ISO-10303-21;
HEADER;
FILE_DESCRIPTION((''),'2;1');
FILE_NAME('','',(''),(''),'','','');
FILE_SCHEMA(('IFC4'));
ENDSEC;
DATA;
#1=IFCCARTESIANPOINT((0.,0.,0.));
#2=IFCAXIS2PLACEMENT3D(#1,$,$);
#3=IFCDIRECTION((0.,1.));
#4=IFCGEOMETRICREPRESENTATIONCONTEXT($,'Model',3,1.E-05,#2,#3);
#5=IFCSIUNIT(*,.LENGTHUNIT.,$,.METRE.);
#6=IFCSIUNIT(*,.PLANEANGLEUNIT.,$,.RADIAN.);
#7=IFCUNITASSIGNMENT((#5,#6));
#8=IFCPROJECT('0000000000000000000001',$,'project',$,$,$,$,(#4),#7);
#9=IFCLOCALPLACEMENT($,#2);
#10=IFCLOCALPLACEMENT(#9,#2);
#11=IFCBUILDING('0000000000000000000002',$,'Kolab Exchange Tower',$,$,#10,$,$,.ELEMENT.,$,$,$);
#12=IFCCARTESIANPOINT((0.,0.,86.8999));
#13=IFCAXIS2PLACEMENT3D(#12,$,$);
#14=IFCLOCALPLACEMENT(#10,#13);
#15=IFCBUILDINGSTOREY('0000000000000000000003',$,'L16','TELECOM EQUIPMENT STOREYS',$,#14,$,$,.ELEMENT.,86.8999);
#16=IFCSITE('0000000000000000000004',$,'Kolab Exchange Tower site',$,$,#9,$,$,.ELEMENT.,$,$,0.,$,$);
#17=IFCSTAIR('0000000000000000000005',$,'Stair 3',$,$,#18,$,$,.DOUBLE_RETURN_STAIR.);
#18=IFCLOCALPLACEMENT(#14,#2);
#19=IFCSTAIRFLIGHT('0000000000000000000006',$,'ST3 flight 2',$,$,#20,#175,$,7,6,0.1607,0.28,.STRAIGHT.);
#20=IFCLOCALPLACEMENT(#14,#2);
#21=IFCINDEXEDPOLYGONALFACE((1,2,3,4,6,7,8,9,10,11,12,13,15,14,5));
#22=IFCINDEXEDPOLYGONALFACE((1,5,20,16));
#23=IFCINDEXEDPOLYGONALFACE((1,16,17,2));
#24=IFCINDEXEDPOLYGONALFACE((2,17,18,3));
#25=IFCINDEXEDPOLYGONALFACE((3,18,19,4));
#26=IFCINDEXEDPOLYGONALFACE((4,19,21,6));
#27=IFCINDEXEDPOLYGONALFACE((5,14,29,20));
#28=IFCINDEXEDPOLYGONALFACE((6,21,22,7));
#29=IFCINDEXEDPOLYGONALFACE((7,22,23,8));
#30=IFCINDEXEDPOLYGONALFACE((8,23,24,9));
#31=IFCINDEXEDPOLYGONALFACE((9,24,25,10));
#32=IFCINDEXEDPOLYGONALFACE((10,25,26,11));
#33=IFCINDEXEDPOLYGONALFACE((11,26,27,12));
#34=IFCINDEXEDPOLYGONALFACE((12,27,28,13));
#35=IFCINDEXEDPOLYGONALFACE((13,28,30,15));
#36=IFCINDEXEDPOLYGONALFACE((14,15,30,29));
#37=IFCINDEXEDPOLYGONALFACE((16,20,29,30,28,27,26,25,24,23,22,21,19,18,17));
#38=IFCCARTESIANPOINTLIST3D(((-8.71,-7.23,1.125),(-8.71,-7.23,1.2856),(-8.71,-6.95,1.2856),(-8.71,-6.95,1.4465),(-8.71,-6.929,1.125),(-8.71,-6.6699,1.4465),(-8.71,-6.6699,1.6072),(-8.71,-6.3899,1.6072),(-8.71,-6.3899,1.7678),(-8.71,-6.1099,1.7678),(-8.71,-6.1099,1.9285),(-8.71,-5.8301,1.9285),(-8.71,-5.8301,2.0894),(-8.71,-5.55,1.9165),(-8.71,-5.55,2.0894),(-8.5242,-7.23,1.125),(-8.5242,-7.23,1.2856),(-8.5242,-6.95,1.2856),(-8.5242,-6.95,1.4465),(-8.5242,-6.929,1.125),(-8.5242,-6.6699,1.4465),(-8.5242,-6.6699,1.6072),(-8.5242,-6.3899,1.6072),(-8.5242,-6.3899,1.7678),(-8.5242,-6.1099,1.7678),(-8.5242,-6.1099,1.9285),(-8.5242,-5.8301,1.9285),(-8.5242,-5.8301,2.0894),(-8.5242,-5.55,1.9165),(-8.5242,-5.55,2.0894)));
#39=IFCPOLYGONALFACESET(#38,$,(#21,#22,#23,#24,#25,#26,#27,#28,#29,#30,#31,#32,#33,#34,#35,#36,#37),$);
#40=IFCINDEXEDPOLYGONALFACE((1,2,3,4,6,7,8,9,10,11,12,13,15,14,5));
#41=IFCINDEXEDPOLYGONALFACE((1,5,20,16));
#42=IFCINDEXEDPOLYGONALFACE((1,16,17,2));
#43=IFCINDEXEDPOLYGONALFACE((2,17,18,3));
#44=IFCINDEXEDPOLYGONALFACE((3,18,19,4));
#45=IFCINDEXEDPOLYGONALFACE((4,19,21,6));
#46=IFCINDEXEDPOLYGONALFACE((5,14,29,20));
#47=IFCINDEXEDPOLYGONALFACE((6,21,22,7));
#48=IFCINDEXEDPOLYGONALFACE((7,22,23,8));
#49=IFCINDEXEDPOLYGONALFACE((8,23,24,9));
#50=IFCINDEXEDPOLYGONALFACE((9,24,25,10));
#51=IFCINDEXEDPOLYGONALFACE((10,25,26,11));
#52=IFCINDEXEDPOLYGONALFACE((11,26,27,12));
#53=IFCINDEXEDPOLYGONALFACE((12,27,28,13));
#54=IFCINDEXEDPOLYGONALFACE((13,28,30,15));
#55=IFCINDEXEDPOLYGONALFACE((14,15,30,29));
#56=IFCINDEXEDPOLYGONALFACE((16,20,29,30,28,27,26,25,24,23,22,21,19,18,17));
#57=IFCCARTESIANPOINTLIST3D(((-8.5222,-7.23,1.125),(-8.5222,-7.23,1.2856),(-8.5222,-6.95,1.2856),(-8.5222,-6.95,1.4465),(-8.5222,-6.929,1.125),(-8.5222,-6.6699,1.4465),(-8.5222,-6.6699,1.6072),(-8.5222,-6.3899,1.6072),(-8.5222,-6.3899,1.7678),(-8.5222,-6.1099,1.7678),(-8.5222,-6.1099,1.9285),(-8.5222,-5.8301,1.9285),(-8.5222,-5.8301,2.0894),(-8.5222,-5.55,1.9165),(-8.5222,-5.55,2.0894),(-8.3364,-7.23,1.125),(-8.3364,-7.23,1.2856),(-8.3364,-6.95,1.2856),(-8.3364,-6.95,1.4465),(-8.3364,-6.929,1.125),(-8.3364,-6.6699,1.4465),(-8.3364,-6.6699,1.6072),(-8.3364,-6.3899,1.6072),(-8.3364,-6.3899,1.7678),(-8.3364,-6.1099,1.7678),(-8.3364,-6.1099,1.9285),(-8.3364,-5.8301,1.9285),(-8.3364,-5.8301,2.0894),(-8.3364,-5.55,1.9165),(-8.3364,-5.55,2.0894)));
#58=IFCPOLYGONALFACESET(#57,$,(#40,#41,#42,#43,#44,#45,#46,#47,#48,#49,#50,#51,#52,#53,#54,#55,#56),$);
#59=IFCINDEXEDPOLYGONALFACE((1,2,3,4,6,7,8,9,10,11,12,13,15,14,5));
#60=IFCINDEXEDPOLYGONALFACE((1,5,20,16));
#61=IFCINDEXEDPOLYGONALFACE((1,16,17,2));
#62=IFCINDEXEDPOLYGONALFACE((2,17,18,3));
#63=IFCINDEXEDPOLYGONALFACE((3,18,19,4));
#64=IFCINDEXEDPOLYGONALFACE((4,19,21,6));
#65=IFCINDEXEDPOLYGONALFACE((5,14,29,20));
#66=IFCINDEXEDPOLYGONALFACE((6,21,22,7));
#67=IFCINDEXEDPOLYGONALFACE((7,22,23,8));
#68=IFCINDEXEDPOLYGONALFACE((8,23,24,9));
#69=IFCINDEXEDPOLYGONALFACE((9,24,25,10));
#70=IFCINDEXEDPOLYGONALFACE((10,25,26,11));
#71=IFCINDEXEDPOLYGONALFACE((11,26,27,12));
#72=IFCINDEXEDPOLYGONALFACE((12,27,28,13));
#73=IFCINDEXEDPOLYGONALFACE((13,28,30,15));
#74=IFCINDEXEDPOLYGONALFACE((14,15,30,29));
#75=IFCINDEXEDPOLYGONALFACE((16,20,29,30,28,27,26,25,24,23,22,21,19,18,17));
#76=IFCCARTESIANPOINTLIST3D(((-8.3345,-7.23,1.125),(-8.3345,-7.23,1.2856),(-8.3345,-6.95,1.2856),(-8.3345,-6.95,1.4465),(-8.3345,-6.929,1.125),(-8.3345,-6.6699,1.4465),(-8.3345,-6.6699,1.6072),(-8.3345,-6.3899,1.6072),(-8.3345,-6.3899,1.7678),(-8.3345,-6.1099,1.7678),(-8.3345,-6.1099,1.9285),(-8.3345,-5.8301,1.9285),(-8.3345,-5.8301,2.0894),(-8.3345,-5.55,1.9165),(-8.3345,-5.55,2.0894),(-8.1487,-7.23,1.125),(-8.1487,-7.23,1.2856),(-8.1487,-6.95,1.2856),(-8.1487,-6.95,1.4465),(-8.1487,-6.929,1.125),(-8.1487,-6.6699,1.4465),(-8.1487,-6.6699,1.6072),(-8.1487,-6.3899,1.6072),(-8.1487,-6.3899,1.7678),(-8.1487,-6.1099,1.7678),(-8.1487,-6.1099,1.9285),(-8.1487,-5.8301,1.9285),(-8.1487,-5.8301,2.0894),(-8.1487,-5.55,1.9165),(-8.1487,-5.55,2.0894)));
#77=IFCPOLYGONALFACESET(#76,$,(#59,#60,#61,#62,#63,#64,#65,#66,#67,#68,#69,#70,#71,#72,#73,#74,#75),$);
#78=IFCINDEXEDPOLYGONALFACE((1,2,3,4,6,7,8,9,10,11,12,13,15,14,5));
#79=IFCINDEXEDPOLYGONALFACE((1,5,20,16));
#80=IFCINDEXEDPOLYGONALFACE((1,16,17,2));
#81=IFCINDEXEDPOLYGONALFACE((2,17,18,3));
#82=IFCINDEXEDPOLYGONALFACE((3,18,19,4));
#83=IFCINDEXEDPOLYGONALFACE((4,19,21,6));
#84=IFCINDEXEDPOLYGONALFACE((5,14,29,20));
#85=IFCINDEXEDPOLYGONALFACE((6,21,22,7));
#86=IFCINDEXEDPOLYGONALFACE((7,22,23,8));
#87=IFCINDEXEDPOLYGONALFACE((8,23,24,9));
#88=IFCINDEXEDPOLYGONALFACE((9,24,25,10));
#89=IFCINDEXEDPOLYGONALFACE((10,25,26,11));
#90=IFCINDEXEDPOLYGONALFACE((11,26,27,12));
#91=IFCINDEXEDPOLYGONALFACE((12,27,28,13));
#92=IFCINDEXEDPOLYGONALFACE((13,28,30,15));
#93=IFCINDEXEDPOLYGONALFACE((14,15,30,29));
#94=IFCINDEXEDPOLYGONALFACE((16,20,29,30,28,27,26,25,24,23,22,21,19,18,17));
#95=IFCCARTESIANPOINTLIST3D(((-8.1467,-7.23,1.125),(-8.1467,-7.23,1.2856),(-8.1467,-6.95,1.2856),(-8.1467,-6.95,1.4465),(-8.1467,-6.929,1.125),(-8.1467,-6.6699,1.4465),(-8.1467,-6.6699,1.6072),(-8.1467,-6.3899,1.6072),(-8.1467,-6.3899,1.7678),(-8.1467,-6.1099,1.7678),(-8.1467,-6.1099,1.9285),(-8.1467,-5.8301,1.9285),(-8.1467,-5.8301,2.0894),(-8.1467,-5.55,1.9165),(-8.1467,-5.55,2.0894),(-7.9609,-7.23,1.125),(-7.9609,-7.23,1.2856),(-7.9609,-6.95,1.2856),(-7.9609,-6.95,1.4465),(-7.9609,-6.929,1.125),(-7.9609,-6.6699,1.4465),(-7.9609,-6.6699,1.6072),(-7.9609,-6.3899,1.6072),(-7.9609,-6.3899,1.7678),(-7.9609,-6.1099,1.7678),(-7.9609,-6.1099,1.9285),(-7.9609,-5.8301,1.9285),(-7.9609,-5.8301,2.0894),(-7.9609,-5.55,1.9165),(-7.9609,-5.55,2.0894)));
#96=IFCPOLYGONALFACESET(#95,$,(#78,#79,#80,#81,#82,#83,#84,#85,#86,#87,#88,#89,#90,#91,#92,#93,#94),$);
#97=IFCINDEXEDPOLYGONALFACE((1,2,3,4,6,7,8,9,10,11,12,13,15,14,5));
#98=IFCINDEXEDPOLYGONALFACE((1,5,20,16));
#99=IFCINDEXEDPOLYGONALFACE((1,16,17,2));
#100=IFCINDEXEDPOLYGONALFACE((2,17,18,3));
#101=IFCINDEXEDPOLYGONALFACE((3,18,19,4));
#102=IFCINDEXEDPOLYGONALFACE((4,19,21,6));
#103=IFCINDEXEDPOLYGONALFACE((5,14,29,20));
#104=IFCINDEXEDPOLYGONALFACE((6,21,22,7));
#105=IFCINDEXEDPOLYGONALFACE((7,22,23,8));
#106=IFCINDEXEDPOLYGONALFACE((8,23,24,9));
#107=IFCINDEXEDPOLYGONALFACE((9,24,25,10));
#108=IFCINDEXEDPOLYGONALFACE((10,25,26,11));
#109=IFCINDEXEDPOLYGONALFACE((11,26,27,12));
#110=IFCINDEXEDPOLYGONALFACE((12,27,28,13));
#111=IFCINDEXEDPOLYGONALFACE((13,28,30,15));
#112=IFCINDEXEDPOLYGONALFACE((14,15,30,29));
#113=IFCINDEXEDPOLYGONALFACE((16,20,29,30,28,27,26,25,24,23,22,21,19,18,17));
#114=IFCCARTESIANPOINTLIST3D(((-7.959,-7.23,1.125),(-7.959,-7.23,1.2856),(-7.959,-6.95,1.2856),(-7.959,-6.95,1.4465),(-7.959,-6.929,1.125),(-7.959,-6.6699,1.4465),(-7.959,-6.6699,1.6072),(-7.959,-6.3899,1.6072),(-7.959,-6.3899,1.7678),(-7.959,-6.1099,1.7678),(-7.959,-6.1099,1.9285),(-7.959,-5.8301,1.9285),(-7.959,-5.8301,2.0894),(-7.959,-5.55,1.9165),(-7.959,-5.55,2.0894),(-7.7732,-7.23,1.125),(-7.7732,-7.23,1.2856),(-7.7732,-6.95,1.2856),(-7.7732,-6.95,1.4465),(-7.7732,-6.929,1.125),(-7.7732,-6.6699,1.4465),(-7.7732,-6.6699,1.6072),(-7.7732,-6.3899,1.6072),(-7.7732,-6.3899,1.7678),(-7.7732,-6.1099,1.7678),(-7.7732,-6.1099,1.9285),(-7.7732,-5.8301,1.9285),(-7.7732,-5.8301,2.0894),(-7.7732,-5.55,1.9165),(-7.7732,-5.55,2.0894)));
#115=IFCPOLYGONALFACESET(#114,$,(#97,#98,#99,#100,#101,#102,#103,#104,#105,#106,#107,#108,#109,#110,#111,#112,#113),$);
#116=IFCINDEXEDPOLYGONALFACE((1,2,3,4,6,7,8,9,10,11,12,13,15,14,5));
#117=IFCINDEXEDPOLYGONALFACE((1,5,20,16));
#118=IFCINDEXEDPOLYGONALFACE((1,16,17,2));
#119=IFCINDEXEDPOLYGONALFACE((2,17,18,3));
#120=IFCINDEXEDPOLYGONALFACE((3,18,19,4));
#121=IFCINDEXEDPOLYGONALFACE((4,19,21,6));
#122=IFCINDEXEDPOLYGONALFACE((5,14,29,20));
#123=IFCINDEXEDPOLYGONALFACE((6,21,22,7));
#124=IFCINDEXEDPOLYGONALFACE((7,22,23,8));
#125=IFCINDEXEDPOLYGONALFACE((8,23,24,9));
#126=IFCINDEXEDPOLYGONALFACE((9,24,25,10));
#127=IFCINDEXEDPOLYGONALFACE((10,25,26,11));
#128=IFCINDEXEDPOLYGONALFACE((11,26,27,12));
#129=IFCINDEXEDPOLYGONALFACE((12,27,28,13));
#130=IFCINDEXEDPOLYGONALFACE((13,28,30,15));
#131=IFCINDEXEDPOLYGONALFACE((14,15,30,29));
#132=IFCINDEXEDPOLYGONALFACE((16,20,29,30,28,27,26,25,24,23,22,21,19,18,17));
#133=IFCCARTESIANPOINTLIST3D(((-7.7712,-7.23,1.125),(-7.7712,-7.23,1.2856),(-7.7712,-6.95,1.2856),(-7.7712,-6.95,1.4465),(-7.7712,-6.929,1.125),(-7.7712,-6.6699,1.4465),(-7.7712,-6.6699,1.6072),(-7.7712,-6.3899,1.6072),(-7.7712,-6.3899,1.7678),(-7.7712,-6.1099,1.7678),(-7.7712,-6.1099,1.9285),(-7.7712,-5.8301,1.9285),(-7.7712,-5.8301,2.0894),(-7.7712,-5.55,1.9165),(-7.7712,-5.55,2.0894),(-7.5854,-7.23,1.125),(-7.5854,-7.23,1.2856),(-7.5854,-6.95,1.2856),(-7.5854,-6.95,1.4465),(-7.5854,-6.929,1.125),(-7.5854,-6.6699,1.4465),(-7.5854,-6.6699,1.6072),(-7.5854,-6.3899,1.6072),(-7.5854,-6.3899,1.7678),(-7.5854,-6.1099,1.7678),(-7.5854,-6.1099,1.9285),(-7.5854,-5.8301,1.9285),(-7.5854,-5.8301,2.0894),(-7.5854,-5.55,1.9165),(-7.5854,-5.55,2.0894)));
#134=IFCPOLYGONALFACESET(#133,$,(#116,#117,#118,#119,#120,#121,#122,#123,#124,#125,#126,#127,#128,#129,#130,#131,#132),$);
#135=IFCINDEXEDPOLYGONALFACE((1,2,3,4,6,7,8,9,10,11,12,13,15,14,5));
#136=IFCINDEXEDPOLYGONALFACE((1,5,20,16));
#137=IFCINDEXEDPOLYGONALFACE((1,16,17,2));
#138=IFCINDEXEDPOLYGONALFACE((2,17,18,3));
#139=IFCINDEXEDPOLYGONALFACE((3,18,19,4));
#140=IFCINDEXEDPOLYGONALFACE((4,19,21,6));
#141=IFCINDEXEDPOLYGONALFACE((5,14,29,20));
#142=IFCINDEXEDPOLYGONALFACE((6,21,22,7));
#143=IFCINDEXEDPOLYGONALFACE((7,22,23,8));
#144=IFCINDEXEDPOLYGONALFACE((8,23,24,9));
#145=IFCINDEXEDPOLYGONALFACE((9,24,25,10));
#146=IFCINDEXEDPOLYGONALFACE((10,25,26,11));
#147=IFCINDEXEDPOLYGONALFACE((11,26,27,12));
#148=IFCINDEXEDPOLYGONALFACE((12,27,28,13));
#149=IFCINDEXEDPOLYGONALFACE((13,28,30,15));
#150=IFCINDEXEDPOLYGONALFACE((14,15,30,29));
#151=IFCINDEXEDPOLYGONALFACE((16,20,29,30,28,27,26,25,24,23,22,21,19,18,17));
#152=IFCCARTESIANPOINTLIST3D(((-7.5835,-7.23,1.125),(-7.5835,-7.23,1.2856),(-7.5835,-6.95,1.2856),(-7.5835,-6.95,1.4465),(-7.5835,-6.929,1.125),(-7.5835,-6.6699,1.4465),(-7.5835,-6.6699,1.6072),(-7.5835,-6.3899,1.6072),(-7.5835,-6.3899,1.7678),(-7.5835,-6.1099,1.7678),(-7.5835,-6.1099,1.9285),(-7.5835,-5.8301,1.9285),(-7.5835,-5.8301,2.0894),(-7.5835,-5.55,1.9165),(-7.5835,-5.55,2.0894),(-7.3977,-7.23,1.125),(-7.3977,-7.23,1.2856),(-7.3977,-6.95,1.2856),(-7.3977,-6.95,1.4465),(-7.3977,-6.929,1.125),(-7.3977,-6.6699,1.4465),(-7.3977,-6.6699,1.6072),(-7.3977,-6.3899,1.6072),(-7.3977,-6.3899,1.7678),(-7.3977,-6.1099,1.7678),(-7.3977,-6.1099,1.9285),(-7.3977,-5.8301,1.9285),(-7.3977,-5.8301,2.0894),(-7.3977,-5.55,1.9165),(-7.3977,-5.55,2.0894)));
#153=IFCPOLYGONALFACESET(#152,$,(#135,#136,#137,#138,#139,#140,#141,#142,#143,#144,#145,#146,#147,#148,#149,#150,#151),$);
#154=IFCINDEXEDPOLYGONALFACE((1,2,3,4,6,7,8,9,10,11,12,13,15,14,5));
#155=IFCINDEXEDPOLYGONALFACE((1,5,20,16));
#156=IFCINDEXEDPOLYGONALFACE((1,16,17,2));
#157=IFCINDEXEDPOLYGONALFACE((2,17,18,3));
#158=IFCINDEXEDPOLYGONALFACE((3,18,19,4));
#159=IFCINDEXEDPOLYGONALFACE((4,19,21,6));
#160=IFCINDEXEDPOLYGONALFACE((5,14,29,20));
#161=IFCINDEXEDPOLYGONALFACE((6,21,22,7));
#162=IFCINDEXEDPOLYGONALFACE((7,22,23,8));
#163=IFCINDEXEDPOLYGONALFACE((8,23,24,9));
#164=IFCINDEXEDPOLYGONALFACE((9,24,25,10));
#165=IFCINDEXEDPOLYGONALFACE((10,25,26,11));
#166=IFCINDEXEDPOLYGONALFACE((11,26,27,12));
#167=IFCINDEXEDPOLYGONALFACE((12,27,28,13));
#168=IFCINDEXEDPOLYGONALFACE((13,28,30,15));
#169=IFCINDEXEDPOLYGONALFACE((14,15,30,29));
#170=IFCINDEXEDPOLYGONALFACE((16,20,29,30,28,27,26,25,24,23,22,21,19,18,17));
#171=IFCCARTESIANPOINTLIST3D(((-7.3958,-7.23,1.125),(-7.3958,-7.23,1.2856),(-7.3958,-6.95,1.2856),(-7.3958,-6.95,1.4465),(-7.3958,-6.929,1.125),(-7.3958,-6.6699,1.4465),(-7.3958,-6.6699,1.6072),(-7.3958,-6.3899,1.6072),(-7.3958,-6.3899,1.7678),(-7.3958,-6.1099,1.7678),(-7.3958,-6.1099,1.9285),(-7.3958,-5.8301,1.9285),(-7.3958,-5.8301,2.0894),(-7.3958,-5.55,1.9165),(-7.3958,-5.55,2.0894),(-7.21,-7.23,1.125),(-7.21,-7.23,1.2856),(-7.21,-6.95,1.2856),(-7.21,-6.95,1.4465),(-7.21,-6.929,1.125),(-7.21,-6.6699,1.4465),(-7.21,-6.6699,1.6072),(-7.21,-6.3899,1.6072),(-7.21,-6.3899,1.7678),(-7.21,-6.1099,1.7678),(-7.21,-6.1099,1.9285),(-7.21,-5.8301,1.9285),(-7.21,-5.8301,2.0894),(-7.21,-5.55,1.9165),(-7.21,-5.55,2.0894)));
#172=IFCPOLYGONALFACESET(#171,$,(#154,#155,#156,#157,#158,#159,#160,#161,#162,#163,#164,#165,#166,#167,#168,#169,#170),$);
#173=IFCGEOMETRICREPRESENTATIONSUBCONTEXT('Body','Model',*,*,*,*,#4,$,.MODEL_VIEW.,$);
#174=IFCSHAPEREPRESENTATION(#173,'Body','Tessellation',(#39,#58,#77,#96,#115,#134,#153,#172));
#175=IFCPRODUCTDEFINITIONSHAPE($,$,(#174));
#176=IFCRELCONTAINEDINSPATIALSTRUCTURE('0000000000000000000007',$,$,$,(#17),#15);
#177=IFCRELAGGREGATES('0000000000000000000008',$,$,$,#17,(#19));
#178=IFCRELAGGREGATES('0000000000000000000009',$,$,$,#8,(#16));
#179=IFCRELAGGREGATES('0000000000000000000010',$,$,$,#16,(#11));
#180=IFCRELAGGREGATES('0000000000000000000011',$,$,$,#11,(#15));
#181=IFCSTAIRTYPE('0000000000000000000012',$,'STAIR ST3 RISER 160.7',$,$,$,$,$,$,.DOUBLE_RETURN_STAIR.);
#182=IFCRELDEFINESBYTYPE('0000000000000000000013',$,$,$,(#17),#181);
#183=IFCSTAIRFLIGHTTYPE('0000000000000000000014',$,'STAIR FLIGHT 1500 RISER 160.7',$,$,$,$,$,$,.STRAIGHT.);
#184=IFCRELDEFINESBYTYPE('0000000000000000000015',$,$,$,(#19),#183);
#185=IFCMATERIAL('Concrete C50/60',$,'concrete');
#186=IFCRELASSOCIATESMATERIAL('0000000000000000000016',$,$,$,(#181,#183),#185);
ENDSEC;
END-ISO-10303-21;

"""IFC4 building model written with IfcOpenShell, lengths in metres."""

from ifc_helpers import new_model, si_unit, direction, frame, origin, place, context, subcontext, project, spatial, polyline, outline, extrude, material, type_object, element, aggregate, save


model = new_model("IFC4")

# Units and contexts
model_context = context("Model", 3, precision=1e-05, world=origin(), true_north=direction((0.0, 1.0)))
body_context = subcontext(model_context, "Body", "Model", "MODEL_VIEW")
ifc_project = project(units=[si_unit("LENGTHUNIT", "METRE"), si_unit("PLANEANGLEUNIT", "RADIAN")], contexts=[model_context])

# Site, building, storey
site_placement = place(None, origin())
site = spatial("IfcSite", under=ifc_project, at=site_placement, Name="Kolab Exchange Tower site", CompositionType="ELEMENT", RefElevation=0.0)
building_placement = place(site_placement, origin())
building = spatial("IfcBuilding", under=site, at=building_placement, Name="Kolab Exchange Tower", CompositionType="ELEMENT")
storey_placement = place(building_placement, frame((0.0, 0.0, 86.8999)))
storey = spatial("IfcBuildingStorey", under=building, at=storey_placement, Name="L16", Description="TELECOM EQUIPMENT STOREYS", CompositionType="ELEMENT", Elevation=86.8999)

# Shared definitions
ifc_material_1 = material(Name="Concrete C50/60", Category="concrete")

# Stair, stair flight
stair_type = type_object("IfcStairType", Name="STAIR ST3 RISER 160.7", PredefinedType="DOUBLE_RETURN_STAIR", material=ifc_material_1)
stair_placement = place(storey_placement, origin())
stair = element("IfcStair", 1, at=stair_placement, inside=storey, type_object=stair_type, Name="Stair 3", PredefinedType="DOUBLE_RETURN_STAIR")
stair_flight_type = type_object("IfcStairFlightType", Name="STAIR FLIGHT 1500 RISER 160.7", PredefinedType="STRAIGHT", material=ifc_material_1)
stair_flight_1_placement = place(storey_placement, frame((-7.96, -7.23, 1.125), z_axis=(0.0, 0.0, 1.0), x_axis=(0.0, 1.0, 0.0)))
stair_flight_1 = element("IfcStairFlight", 2, at=stair_flight_1_placement, type_object=stair_flight_type, Name="ST3 flight 2", NumberOfRisers=7, NumberOfTreads=6, PredefinedType="STRAIGHT", RiserHeight=0.1607, TreadLength=0.28, context=body_context, shape_type="SweptSolid", body=[
    extrude(outline(polyline([(0.0, 0.0), (0.0, 0.1606), (0.28, 0.1606), (0.28, 0.3215), (0.5601, 0.3215), (0.5601, 0.4822), (0.8401, 0.4822), (0.8401, 0.6428), (1.1201, 0.6428), (1.1201, 0.8035), (1.3999, 0.8035), (1.3999, 0.9644), (1.6799, 0.9644), (1.6799, 1.125), (1.6799, 0.7915), (0.301, 0.0), (0.0, 0.0)])), frame((0.0, 0.75, 0.0), z_axis=(0.0, -1.0, 0.0), x_axis=(1.0, 0.0, 0.0)), (0.0, 0.0, 1.0), 0.1858),
    extrude(outline(polyline([(0.0, 0.0), (0.0, 0.1606), (0.28, 0.1606), (0.28, 0.3215), (0.5601, 0.3215), (0.5601, 0.4822), (0.8401, 0.4822), (0.8401, 0.6428), (1.1201, 0.6428), (1.1201, 0.8035), (1.3999, 0.8035), (1.3999, 0.9644), (1.6799, 0.9644), (1.6799, 1.125), (1.6799, 0.7915), (0.301, 0.0), (0.0, 0.0)])), frame((0.0, 0.5623, 0.0), z_axis=(0.0, -1.0, 0.0), x_axis=(1.0, 0.0, 0.0)), (0.0, 0.0, 1.0), 0.1858),
    extrude(outline(polyline([(0.0, 0.0), (0.0, 0.1606), (0.28, 0.1606), (0.28, 0.3215), (0.5601, 0.3215), (0.5601, 0.4822), (0.8401, 0.4822), (0.8401, 0.6428), (1.1201, 0.6428), (1.1201, 0.8035), (1.3999, 0.8035), (1.3999, 0.9644), (1.6799, 0.9644), (1.6799, 1.125), (1.6799, 0.7915), (0.301, 0.0), (0.0, 0.0)])), frame((0.0, 0.3745, 0.0), z_axis=(0.0, -1.0, 0.0), x_axis=(1.0, 0.0, 0.0)), (0.0, 0.0, 1.0), 0.1858),
    extrude(outline(polyline([(0.0, 0.0), (0.0, 0.1606), (0.28, 0.1606), (0.28, 0.3215), (0.5601, 0.3215), (0.5601, 0.4822), (0.8401, 0.4822), (0.8401, 0.6428), (1.1201, 0.6428), (1.1201, 0.8035), (1.3999, 0.8035), (1.3999, 0.9644), (1.6799, 0.9644), (1.6799, 1.125), (1.6799, 0.7915), (0.301, 0.0), (0.0, 0.0)])), frame((0.0, 0.1868, 0.0), z_axis=(0.0, -1.0, 0.0), x_axis=(1.0, 0.0, 0.0)), (0.0, 0.0, 1.0), 0.1858),
    extrude(outline(polyline([(0.0, 0.0), (0.0, 0.1606), (0.28, 0.1606), (0.28, 0.3215), (0.5601, 0.3215), (0.5601, 0.4822), (0.8401, 0.4822), (0.8401, 0.6428), (1.1201, 0.6428), (1.1201, 0.8035), (1.3999, 0.8035), (1.3999, 0.9644), (1.6799, 0.9644), (1.6799, 1.125), (1.6799, 0.7915), (0.301, 0.0), (0.0, 0.0)])), frame((0.0, -0.001, 0.0), z_axis=(0.0, -1.0, 0.0), x_axis=(1.0, 0.0, 0.0)), (0.0, 0.0, 1.0), 0.1858),
    extrude(outline(polyline([(0.0, 0.0), (0.0, 0.1606), (0.28, 0.1606), (0.28, 0.3215), (0.5601, 0.3215), (0.5601, 0.4822), (0.8401, 0.4822), (0.8401, 0.6428), (1.1201, 0.6428), (1.1201, 0.8035), (1.3999, 0.8035), (1.3999, 0.9644), (1.6799, 0.9644), (1.6799, 1.125), (1.6799, 0.7915), (0.301, 0.0), (0.0, 0.0)])), frame((0.0, -0.1887, 0.0), z_axis=(0.0, -1.0, 0.0), x_axis=(1.0, 0.0, 0.0)), (0.0, 0.0, 1.0), 0.1858),
    extrude(outline(polyline([(0.0, 0.0), (0.0, 0.1606), (0.28, 0.1606), (0.28, 0.3215), (0.5601, 0.3215), (0.5601, 0.4822), (0.8401, 0.4822), (0.8401, 0.6428), (1.1201, 0.6428), (1.1201, 0.8035), (1.3999, 0.8035), (1.3999, 0.9644), (1.6799, 0.9644), (1.6799, 1.125), (1.6799, 0.7915), (0.301, 0.0), (0.0, 0.0)])), frame((0.0, -0.3765, 0.0), z_axis=(0.0, -1.0, 0.0), x_axis=(1.0, 0.0, 0.0)), (0.0, 0.0, 1.0), 0.1858),
    extrude(outline(polyline([(0.0, 0.0), (0.0, 0.1606), (0.28, 0.1606), (0.28, 0.3215), (0.5601, 0.3215), (0.5601, 0.4822), (0.8401, 0.4822), (0.8401, 0.6428), (1.1201, 0.6428), (1.1201, 0.8035), (1.3999, 0.8035), (1.3999, 0.9644), (1.6799, 0.9644), (1.6799, 1.125), (1.6799, 0.7915), (0.301, 0.0), (0.0, 0.0)])), frame((0.0, -0.5642, 0.0), z_axis=(0.0, -1.0, 0.0), x_axis=(1.0, 0.0, 0.0)), (0.0, 0.0, 1.0), 0.1858),
])
aggregate(stair, [stair_flight_1])

save(model, "model.ifc")
